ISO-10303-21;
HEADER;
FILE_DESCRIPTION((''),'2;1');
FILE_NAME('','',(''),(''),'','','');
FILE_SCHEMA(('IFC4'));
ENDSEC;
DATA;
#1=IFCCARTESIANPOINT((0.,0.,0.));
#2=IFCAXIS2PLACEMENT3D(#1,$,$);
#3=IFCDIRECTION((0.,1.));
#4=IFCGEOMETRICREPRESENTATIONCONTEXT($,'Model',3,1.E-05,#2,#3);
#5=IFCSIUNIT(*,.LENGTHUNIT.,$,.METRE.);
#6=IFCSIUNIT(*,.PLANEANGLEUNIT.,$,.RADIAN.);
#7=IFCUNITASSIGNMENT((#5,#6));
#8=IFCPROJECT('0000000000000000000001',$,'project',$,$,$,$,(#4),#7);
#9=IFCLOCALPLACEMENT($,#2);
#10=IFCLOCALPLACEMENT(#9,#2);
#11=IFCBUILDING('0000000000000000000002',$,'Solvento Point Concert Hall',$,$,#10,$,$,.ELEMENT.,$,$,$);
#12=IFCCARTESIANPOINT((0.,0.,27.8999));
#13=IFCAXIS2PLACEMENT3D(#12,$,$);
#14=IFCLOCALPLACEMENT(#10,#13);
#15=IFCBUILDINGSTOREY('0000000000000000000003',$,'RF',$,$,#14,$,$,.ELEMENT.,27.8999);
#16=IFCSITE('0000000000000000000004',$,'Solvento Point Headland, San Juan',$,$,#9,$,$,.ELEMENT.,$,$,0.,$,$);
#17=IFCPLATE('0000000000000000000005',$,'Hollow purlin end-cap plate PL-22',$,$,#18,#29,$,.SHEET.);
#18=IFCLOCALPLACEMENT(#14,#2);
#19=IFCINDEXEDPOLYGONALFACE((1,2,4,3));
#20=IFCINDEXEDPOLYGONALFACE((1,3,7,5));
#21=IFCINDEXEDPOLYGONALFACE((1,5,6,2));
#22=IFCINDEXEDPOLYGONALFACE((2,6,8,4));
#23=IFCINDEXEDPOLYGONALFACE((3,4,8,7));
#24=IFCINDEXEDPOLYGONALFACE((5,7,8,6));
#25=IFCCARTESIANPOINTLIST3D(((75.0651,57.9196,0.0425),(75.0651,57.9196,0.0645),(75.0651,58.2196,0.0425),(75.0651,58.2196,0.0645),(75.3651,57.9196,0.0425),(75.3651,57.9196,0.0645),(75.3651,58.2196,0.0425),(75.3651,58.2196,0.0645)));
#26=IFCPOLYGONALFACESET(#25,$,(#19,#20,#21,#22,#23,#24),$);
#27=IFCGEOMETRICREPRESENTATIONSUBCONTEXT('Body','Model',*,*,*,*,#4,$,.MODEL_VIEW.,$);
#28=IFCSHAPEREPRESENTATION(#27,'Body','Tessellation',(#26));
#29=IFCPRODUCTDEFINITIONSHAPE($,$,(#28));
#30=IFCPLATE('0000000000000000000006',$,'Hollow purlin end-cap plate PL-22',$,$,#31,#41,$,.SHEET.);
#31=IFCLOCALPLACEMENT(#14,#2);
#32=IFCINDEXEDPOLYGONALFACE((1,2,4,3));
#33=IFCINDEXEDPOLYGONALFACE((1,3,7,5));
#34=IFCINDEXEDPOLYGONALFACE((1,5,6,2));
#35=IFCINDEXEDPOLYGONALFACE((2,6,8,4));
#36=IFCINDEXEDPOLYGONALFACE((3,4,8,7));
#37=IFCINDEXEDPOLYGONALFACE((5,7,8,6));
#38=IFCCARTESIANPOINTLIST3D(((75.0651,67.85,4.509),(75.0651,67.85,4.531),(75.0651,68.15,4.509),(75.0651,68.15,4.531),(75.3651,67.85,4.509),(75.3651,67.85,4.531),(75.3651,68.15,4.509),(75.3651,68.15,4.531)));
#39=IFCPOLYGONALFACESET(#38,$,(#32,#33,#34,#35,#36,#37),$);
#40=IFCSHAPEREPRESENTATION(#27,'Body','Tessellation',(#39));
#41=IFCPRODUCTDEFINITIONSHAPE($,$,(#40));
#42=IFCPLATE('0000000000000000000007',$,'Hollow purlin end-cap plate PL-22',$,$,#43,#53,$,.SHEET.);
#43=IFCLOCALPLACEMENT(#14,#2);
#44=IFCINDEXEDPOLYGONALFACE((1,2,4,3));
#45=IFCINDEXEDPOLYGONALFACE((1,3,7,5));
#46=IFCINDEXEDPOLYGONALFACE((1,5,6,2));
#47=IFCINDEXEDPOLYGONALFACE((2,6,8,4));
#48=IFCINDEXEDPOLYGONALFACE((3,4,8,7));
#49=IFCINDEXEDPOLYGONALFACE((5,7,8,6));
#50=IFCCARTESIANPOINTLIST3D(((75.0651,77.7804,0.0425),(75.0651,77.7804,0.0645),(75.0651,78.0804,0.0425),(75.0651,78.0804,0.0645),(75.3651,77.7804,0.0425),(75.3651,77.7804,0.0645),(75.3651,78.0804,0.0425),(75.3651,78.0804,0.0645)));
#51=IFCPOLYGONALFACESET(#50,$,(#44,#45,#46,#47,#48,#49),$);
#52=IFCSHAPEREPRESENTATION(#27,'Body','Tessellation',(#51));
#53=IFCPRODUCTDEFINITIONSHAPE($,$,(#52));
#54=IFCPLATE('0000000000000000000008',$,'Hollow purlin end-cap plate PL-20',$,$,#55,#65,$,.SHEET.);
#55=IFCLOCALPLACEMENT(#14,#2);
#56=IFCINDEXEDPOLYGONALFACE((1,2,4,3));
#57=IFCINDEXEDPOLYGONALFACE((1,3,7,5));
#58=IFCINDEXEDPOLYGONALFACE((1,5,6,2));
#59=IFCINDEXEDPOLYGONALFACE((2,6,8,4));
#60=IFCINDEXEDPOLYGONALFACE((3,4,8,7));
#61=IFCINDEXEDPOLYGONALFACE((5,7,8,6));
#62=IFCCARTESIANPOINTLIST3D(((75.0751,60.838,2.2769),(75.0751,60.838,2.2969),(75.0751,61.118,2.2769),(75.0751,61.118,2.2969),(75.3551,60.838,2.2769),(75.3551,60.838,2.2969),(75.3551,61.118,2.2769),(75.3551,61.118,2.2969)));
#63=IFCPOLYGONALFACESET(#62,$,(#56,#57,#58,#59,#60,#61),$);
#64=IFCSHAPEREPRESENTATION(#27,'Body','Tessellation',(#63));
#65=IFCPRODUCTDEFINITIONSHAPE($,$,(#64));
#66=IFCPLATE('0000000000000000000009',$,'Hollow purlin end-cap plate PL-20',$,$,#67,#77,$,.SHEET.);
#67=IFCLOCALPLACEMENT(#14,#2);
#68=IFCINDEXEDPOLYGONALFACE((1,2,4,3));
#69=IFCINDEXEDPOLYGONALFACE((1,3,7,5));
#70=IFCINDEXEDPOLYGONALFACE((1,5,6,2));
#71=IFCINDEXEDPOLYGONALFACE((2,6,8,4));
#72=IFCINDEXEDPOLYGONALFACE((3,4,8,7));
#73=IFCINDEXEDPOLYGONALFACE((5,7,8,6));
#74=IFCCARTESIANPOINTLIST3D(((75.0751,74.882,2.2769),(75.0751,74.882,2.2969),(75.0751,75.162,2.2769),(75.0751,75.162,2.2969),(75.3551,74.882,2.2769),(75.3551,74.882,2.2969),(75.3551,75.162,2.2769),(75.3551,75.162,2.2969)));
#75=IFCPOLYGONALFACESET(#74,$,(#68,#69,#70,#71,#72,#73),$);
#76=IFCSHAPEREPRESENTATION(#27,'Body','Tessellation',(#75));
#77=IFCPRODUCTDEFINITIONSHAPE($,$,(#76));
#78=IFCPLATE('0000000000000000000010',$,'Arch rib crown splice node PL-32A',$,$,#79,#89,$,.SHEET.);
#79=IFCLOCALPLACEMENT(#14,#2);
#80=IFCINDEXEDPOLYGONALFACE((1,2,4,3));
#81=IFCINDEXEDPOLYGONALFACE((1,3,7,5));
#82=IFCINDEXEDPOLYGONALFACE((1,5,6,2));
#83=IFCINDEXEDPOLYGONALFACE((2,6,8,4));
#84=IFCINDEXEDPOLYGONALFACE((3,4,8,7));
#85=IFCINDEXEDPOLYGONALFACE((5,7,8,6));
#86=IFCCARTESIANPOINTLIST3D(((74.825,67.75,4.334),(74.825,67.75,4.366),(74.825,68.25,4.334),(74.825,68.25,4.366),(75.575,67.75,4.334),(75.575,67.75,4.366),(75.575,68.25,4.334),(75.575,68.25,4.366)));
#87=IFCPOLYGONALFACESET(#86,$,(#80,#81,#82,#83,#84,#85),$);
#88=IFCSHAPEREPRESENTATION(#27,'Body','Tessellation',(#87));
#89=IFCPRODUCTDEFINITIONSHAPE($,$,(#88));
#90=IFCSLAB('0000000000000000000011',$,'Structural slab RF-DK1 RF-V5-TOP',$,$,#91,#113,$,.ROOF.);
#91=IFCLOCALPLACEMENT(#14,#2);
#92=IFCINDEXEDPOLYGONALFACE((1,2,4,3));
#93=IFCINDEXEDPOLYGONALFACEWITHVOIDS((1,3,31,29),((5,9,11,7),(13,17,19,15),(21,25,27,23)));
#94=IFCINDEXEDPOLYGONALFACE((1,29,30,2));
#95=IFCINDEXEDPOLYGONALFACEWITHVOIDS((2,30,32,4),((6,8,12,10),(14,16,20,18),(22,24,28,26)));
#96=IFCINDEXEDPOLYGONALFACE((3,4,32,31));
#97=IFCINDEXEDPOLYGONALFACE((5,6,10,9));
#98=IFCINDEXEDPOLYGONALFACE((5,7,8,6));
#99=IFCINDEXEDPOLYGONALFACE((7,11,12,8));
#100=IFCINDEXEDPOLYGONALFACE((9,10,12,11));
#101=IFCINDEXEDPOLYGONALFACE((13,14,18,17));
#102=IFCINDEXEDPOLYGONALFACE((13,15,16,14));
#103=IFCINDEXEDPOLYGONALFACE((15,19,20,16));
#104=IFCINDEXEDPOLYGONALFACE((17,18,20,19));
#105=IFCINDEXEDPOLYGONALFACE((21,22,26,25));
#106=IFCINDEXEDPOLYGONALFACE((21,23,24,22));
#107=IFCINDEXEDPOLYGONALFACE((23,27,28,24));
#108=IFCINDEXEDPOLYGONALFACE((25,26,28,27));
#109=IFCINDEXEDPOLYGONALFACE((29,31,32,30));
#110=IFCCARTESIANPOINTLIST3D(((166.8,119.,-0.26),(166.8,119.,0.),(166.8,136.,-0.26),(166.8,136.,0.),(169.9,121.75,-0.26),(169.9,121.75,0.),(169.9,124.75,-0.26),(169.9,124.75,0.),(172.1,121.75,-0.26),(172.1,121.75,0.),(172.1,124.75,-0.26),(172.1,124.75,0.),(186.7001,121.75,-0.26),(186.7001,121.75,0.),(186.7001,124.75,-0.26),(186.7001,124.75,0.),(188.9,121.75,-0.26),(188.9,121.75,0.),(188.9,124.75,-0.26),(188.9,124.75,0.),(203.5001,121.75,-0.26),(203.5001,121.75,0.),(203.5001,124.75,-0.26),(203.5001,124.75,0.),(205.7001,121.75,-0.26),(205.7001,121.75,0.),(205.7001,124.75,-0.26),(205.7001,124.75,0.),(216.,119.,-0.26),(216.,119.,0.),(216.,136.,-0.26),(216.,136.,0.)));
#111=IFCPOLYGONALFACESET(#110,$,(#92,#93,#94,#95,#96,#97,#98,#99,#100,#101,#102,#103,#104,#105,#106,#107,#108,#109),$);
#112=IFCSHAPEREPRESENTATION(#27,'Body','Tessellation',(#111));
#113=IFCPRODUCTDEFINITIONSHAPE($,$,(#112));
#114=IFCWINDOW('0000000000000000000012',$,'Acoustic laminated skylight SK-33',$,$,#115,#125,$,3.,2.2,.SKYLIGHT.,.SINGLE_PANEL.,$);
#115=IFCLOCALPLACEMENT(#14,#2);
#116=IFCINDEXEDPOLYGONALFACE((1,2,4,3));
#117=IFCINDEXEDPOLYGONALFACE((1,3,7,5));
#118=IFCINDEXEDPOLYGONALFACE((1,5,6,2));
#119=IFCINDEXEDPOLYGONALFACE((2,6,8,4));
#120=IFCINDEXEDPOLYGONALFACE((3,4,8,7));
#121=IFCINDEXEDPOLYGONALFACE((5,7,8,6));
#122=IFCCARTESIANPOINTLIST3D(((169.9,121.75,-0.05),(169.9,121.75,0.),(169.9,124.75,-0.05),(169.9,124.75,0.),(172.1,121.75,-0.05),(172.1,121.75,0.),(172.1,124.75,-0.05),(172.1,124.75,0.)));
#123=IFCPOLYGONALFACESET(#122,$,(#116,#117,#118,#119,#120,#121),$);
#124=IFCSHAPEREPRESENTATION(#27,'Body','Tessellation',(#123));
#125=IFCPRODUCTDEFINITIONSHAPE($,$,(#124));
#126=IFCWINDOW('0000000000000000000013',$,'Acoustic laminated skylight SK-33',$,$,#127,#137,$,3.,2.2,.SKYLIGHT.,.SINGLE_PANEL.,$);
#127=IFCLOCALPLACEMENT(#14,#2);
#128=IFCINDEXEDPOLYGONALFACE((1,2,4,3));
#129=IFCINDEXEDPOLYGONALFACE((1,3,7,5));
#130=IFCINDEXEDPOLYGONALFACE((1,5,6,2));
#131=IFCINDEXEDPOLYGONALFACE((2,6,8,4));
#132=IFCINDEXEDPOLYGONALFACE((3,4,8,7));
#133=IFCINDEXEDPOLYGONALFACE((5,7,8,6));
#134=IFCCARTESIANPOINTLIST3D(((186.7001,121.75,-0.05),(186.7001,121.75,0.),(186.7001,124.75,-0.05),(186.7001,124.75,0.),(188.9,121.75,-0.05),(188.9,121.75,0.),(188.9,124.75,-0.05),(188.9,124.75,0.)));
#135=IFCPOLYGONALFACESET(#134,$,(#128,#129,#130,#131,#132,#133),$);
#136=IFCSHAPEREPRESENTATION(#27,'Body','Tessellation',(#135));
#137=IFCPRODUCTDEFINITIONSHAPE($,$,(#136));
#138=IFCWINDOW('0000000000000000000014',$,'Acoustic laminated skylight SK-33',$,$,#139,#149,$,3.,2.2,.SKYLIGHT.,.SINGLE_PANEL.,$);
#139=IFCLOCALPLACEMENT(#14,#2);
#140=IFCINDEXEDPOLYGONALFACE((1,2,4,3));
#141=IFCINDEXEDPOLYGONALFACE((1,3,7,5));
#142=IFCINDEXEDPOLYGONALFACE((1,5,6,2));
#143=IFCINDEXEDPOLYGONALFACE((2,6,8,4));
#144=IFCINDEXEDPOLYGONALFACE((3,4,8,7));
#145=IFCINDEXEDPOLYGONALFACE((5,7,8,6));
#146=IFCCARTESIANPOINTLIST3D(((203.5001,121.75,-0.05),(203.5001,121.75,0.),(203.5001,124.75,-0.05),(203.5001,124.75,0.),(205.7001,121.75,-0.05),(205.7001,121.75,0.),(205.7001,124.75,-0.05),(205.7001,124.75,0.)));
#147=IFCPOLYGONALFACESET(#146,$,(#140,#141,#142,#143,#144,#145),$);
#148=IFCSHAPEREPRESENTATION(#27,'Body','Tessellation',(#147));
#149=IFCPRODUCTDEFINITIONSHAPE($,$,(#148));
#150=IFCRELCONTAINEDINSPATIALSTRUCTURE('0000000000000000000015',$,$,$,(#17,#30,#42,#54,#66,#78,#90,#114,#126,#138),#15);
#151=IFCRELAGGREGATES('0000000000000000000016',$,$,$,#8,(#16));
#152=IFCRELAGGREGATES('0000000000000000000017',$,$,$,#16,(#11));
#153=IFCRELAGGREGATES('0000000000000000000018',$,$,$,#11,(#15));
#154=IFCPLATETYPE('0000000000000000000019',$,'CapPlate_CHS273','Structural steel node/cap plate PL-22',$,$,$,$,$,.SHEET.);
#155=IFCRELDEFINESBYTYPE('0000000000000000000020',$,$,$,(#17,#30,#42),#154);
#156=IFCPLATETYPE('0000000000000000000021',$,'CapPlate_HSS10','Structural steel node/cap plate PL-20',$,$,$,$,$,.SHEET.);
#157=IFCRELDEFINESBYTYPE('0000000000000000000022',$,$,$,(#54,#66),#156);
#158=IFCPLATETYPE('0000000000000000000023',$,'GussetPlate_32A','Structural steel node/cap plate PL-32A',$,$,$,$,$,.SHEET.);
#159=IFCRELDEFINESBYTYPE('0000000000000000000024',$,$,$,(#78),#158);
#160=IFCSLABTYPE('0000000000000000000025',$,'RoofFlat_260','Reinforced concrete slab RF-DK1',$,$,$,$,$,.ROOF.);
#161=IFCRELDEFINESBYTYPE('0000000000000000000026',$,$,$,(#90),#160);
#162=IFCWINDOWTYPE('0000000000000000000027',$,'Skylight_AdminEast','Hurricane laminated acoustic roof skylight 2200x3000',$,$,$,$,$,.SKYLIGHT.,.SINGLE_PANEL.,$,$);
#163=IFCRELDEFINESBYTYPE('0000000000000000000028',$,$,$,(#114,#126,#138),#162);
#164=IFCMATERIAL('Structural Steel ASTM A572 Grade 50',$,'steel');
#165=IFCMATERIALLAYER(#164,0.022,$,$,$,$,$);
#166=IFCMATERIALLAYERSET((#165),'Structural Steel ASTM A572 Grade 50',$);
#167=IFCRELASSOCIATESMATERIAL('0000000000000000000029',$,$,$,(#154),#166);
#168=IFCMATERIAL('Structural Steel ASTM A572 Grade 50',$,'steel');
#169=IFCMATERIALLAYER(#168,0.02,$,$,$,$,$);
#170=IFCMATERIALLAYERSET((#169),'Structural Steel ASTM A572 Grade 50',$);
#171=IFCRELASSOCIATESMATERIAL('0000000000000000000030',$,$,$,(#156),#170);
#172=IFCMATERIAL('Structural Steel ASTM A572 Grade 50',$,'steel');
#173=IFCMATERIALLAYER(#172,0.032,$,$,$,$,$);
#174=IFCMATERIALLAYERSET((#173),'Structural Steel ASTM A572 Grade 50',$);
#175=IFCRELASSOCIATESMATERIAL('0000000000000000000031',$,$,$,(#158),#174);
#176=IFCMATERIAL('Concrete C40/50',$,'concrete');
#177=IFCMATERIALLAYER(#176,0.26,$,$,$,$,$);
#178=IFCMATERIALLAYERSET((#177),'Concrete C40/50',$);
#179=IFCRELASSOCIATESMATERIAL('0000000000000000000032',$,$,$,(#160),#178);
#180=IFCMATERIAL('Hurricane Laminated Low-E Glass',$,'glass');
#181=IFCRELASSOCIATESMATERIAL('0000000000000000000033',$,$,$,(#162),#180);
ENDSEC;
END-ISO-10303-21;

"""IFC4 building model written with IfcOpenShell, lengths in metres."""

from ifc_helpers import new_model, si_unit, direction, frame, origin, origin_2d, place, context, subcontext, project, spatial, polyline, rectangle, outline, extrude, material, layer, layer_set, type_object, element, fill, save


model = new_model("IFC4")

# Units and contexts
model_context = context("Model", 3, precision=1e-05, world=origin(), true_north=direction((0.0, 1.0)))
body_context = subcontext(model_context, "Body", "Model", "MODEL_VIEW")
ifc_project = project(units=[si_unit("LENGTHUNIT", "METRE"), si_unit("PLANEANGLEUNIT", "RADIAN")], contexts=[model_context])

# Site, building, storey
site_placement = place(None, origin())
site = spatial("IfcSite", under=ifc_project, at=site_placement, Name="Solvento Point Headland, San Juan", CompositionType="ELEMENT", RefElevation=0.0)
building_placement = place(site_placement, origin())
building = spatial("IfcBuilding", under=site, at=building_placement, Name="Solvento Point Concert Hall", CompositionType="ELEMENT")
storey_placement = place(building_placement, frame((0.0, 0.0, 27.8999)))
storey = spatial("IfcBuildingStorey", under=building, at=storey_placement, Name="RF", CompositionType="ELEMENT", Elevation=27.8999)

# Plates
ifc_material_1 = material(Name="Structural Steel ASTM A572 Grade 50", Category="steel")
ifc_layer_1 = layer(ifc_material_1, 0.022)
ifc_layer_set_1 = layer_set([ifc_layer_1], Name="Structural Steel ASTM A572 Grade 50")
plate_type_1 = type_object("IfcPlateType", Name="CapPlate_CHS273", Description="Structural steel node/cap plate PL-22", PredefinedType="SHEET", material=ifc_layer_set_1)
for number, where, z_axis, x_axis, name in (
    (1, (75.2151, 58.0696, 0.0425), (0.0, 0.0, 1.0), (0.0, 1.0, 0.0), "Hollow purlin end-cap plate PL-22"),
    (2, (75.2151, 68.0, 4.509), (0.0, 0.0, 1.0), (0.0, 1.0, 0.0), "Hollow purlin end-cap plate PL-22"),
    (3, (75.2151, 77.9304, 0.0425), (0.0, 0.0, 1.0), (0.0, 1.0, 0.0), "Hollow purlin end-cap plate PL-22"),
):
    element("IfcPlate", number, at=place(storey_placement, frame(where, z_axis=z_axis, x_axis=x_axis)), inside=storey, type_object=plate_type_1, Name=name, PredefinedType="SHEET", context=body_context, shape_type="SweptSolid", body=[
        extrude(rectangle(XDim=0.3, YDim=0.3, at=origin_2d()), origin(), (0.0, 0.0, 1.0), 0.022),
    ])
ifc_material_2 = material(Name="Structural Steel ASTM A572 Grade 50", Category="steel")
ifc_layer_2 = layer(ifc_material_2, 0.02)
ifc_layer_set_2 = layer_set([ifc_layer_2], Name="Structural Steel ASTM A572 Grade 50")
plate_type_2 = type_object("IfcPlateType", Name="CapPlate_HSS10", Description="Structural steel node/cap plate PL-20", PredefinedType="SHEET", material=ifc_layer_set_2)
for number, where, z_axis, x_axis, name in (
    (4, (75.2151, 60.978, 2.2769), (0.0, 0.0, 1.0), (0.0, 1.0, 0.0), "Hollow purlin end-cap plate PL-20"),
    (5, (75.2151, 75.022, 2.2769), (0.0, 0.0, 1.0), (0.0, 1.0, 0.0), "Hollow purlin end-cap plate PL-20"),
):
    element("IfcPlate", number, at=place(storey_placement, frame(where, z_axis=z_axis, x_axis=x_axis)), inside=storey, type_object=plate_type_2, Name=name, PredefinedType="SHEET", context=body_context, shape_type="SweptSolid", body=[
        extrude(rectangle(XDim=0.28, YDim=0.28, at=origin_2d()), origin(), (0.0, 0.0, 1.0), 0.02),
    ])
ifc_material_3 = material(Name="Structural Steel ASTM A572 Grade 50", Category="steel")
ifc_layer_3 = layer(ifc_material_3, 0.032)
ifc_layer_set_3 = layer_set([ifc_layer_3], Name="Structural Steel ASTM A572 Grade 50")
plate_type_3 = type_object("IfcPlateType", Name="GussetPlate_32A", Description="Structural steel node/cap plate PL-32A", PredefinedType="SHEET", material=ifc_layer_set_3)
plate_placement = place(storey_placement, frame((75.2, 68.0, 4.334), z_axis=(0.0, 0.0, 1.0), x_axis=(1.0, 0.0, 0.0)))
element("IfcPlate", 6, at=plate_placement, inside=storey, type_object=plate_type_3, Name="Arch rib crown splice node PL-32A", PredefinedType="SHEET", context=body_context, shape_type="SweptSolid", body=[
    extrude(rectangle(XDim=0.75, YDim=0.5, at=origin_2d()), origin(), (0.0, 0.0, 1.0), 0.032),
])

# Slab, openings, windows
ifc_material_4 = material(Name="Concrete C40/50", Category="concrete")
ifc_layer_4 = layer(ifc_material_4, 0.26)
ifc_layer_set_4 = layer_set([ifc_layer_4], Name="Concrete C40/50")
slab_type_1 = type_object("IfcSlabType", Name="RoofFlat_260", Description="Reinforced concrete slab RF-DK1", PredefinedType="ROOF", material=ifc_layer_set_4)
slab_1_placement = place(storey_placement, frame((0.0, 0.0, -0.26)))
slab_1 = element("IfcSlab", 7, at=slab_1_placement, inside=storey, type_object=slab_type_1, Name="Structural slab RF-DK1 RF-V5-TOP", PredefinedType="ROOF", context=body_context, shape_type="SweptSolid", body=[
    extrude(outline(polyline([(166.8, 119.0), (166.8, 136.0), (216.0, 136.0), (216.0, 119.0), (166.8, 119.0)])), origin(), (0.0, 0.0, 1.0), 0.26),
])
opening_1_placement = place(slab_1_placement, frame((171.0, 123.25, 0.0)))
opening_1 = element("IfcOpeningElement", 8, at=opening_1_placement, cuts=slab_1, PredefinedType="OPENING", context=body_context, shape_type="SweptSolid", body=[
    extrude(rectangle(XDim=2.2, YDim=3.0, at=origin_2d()), origin(), (0.0, 0.0, 1.0), 0.26),
])
opening_2_placement = place(slab_1_placement, frame((187.8, 123.25, 0.0)))
opening_2 = element("IfcOpeningElement", 9, at=opening_2_placement, cuts=slab_1, PredefinedType="OPENING", context=body_context, shape_type="SweptSolid", body=[
    extrude(rectangle(XDim=2.2, YDim=3.0, at=origin_2d()), origin(), (0.0, 0.0, 1.0), 0.26),
])
opening_3_placement = place(slab_1_placement, frame((204.6001, 123.25, 0.0)))
opening_3 = element("IfcOpeningElement", 10, at=opening_3_placement, cuts=slab_1, PredefinedType="OPENING", context=body_context, shape_type="SweptSolid", body=[
    extrude(rectangle(XDim=2.2, YDim=3.0, at=origin_2d()), origin(), (0.0, 0.0, 1.0), 0.26),
])
ifc_material_5 = material(Name="Hurricane Laminated Low-E Glass", Category="glass")
window_type_1 = type_object("IfcWindowType", Name="Skylight_AdminEast", Description="Hurricane laminated acoustic roof skylight 2200x3000", PartitioningType="SINGLE_PANEL", PredefinedType="SKYLIGHT", material=ifc_material_5)
window_1_placement = place(opening_1_placement, frame((0.0, 0.0, 0.21)))
window_1 = element("IfcWindow", 11, at=window_1_placement, inside=storey, type_object=window_type_1, Name="Acoustic laminated skylight SK-33", OverallHeight=3.0, OverallWidth=2.2, PartitioningType="SINGLE_PANEL", PredefinedType="SKYLIGHT", context=body_context, shape_type="SweptSolid", body=[
    extrude(rectangle(XDim=2.2, YDim=3.0, at=origin_2d()), origin(), (0.0, 0.0, 1.0), 0.05),
])
fill(opening_1, window_1)
window_2_placement = place(opening_2_placement, frame((0.0, 0.0, 0.21)))
window_2 = element("IfcWindow", 12, at=window_2_placement, inside=storey, type_object=window_type_1, Name="Acoustic laminated skylight SK-33", OverallHeight=3.0, OverallWidth=2.2, PartitioningType="SINGLE_PANEL", PredefinedType="SKYLIGHT", context=body_context, shape_type="SweptSolid", body=[
    extrude(rectangle(XDim=2.2, YDim=3.0, at=origin_2d()), origin(), (0.0, 0.0, 1.0), 0.05),
])
fill(opening_2, window_2)
window_3_placement = place(opening_3_placement, frame((0.0, 0.0, 0.21)))
window_3 = element("IfcWindow", 13, at=window_3_placement, inside=storey, type_object=window_type_1, Name="Acoustic laminated skylight SK-33", OverallHeight=3.0, OverallWidth=2.2, PartitioningType="SINGLE_PANEL", PredefinedType="SKYLIGHT", context=body_context, shape_type="SweptSolid", body=[
    extrude(rectangle(XDim=2.2, YDim=3.0, at=origin_2d()), origin(), (0.0, 0.0, 1.0), 0.05),
])
fill(opening_3, window_3)

save(model, "model.ifc")
